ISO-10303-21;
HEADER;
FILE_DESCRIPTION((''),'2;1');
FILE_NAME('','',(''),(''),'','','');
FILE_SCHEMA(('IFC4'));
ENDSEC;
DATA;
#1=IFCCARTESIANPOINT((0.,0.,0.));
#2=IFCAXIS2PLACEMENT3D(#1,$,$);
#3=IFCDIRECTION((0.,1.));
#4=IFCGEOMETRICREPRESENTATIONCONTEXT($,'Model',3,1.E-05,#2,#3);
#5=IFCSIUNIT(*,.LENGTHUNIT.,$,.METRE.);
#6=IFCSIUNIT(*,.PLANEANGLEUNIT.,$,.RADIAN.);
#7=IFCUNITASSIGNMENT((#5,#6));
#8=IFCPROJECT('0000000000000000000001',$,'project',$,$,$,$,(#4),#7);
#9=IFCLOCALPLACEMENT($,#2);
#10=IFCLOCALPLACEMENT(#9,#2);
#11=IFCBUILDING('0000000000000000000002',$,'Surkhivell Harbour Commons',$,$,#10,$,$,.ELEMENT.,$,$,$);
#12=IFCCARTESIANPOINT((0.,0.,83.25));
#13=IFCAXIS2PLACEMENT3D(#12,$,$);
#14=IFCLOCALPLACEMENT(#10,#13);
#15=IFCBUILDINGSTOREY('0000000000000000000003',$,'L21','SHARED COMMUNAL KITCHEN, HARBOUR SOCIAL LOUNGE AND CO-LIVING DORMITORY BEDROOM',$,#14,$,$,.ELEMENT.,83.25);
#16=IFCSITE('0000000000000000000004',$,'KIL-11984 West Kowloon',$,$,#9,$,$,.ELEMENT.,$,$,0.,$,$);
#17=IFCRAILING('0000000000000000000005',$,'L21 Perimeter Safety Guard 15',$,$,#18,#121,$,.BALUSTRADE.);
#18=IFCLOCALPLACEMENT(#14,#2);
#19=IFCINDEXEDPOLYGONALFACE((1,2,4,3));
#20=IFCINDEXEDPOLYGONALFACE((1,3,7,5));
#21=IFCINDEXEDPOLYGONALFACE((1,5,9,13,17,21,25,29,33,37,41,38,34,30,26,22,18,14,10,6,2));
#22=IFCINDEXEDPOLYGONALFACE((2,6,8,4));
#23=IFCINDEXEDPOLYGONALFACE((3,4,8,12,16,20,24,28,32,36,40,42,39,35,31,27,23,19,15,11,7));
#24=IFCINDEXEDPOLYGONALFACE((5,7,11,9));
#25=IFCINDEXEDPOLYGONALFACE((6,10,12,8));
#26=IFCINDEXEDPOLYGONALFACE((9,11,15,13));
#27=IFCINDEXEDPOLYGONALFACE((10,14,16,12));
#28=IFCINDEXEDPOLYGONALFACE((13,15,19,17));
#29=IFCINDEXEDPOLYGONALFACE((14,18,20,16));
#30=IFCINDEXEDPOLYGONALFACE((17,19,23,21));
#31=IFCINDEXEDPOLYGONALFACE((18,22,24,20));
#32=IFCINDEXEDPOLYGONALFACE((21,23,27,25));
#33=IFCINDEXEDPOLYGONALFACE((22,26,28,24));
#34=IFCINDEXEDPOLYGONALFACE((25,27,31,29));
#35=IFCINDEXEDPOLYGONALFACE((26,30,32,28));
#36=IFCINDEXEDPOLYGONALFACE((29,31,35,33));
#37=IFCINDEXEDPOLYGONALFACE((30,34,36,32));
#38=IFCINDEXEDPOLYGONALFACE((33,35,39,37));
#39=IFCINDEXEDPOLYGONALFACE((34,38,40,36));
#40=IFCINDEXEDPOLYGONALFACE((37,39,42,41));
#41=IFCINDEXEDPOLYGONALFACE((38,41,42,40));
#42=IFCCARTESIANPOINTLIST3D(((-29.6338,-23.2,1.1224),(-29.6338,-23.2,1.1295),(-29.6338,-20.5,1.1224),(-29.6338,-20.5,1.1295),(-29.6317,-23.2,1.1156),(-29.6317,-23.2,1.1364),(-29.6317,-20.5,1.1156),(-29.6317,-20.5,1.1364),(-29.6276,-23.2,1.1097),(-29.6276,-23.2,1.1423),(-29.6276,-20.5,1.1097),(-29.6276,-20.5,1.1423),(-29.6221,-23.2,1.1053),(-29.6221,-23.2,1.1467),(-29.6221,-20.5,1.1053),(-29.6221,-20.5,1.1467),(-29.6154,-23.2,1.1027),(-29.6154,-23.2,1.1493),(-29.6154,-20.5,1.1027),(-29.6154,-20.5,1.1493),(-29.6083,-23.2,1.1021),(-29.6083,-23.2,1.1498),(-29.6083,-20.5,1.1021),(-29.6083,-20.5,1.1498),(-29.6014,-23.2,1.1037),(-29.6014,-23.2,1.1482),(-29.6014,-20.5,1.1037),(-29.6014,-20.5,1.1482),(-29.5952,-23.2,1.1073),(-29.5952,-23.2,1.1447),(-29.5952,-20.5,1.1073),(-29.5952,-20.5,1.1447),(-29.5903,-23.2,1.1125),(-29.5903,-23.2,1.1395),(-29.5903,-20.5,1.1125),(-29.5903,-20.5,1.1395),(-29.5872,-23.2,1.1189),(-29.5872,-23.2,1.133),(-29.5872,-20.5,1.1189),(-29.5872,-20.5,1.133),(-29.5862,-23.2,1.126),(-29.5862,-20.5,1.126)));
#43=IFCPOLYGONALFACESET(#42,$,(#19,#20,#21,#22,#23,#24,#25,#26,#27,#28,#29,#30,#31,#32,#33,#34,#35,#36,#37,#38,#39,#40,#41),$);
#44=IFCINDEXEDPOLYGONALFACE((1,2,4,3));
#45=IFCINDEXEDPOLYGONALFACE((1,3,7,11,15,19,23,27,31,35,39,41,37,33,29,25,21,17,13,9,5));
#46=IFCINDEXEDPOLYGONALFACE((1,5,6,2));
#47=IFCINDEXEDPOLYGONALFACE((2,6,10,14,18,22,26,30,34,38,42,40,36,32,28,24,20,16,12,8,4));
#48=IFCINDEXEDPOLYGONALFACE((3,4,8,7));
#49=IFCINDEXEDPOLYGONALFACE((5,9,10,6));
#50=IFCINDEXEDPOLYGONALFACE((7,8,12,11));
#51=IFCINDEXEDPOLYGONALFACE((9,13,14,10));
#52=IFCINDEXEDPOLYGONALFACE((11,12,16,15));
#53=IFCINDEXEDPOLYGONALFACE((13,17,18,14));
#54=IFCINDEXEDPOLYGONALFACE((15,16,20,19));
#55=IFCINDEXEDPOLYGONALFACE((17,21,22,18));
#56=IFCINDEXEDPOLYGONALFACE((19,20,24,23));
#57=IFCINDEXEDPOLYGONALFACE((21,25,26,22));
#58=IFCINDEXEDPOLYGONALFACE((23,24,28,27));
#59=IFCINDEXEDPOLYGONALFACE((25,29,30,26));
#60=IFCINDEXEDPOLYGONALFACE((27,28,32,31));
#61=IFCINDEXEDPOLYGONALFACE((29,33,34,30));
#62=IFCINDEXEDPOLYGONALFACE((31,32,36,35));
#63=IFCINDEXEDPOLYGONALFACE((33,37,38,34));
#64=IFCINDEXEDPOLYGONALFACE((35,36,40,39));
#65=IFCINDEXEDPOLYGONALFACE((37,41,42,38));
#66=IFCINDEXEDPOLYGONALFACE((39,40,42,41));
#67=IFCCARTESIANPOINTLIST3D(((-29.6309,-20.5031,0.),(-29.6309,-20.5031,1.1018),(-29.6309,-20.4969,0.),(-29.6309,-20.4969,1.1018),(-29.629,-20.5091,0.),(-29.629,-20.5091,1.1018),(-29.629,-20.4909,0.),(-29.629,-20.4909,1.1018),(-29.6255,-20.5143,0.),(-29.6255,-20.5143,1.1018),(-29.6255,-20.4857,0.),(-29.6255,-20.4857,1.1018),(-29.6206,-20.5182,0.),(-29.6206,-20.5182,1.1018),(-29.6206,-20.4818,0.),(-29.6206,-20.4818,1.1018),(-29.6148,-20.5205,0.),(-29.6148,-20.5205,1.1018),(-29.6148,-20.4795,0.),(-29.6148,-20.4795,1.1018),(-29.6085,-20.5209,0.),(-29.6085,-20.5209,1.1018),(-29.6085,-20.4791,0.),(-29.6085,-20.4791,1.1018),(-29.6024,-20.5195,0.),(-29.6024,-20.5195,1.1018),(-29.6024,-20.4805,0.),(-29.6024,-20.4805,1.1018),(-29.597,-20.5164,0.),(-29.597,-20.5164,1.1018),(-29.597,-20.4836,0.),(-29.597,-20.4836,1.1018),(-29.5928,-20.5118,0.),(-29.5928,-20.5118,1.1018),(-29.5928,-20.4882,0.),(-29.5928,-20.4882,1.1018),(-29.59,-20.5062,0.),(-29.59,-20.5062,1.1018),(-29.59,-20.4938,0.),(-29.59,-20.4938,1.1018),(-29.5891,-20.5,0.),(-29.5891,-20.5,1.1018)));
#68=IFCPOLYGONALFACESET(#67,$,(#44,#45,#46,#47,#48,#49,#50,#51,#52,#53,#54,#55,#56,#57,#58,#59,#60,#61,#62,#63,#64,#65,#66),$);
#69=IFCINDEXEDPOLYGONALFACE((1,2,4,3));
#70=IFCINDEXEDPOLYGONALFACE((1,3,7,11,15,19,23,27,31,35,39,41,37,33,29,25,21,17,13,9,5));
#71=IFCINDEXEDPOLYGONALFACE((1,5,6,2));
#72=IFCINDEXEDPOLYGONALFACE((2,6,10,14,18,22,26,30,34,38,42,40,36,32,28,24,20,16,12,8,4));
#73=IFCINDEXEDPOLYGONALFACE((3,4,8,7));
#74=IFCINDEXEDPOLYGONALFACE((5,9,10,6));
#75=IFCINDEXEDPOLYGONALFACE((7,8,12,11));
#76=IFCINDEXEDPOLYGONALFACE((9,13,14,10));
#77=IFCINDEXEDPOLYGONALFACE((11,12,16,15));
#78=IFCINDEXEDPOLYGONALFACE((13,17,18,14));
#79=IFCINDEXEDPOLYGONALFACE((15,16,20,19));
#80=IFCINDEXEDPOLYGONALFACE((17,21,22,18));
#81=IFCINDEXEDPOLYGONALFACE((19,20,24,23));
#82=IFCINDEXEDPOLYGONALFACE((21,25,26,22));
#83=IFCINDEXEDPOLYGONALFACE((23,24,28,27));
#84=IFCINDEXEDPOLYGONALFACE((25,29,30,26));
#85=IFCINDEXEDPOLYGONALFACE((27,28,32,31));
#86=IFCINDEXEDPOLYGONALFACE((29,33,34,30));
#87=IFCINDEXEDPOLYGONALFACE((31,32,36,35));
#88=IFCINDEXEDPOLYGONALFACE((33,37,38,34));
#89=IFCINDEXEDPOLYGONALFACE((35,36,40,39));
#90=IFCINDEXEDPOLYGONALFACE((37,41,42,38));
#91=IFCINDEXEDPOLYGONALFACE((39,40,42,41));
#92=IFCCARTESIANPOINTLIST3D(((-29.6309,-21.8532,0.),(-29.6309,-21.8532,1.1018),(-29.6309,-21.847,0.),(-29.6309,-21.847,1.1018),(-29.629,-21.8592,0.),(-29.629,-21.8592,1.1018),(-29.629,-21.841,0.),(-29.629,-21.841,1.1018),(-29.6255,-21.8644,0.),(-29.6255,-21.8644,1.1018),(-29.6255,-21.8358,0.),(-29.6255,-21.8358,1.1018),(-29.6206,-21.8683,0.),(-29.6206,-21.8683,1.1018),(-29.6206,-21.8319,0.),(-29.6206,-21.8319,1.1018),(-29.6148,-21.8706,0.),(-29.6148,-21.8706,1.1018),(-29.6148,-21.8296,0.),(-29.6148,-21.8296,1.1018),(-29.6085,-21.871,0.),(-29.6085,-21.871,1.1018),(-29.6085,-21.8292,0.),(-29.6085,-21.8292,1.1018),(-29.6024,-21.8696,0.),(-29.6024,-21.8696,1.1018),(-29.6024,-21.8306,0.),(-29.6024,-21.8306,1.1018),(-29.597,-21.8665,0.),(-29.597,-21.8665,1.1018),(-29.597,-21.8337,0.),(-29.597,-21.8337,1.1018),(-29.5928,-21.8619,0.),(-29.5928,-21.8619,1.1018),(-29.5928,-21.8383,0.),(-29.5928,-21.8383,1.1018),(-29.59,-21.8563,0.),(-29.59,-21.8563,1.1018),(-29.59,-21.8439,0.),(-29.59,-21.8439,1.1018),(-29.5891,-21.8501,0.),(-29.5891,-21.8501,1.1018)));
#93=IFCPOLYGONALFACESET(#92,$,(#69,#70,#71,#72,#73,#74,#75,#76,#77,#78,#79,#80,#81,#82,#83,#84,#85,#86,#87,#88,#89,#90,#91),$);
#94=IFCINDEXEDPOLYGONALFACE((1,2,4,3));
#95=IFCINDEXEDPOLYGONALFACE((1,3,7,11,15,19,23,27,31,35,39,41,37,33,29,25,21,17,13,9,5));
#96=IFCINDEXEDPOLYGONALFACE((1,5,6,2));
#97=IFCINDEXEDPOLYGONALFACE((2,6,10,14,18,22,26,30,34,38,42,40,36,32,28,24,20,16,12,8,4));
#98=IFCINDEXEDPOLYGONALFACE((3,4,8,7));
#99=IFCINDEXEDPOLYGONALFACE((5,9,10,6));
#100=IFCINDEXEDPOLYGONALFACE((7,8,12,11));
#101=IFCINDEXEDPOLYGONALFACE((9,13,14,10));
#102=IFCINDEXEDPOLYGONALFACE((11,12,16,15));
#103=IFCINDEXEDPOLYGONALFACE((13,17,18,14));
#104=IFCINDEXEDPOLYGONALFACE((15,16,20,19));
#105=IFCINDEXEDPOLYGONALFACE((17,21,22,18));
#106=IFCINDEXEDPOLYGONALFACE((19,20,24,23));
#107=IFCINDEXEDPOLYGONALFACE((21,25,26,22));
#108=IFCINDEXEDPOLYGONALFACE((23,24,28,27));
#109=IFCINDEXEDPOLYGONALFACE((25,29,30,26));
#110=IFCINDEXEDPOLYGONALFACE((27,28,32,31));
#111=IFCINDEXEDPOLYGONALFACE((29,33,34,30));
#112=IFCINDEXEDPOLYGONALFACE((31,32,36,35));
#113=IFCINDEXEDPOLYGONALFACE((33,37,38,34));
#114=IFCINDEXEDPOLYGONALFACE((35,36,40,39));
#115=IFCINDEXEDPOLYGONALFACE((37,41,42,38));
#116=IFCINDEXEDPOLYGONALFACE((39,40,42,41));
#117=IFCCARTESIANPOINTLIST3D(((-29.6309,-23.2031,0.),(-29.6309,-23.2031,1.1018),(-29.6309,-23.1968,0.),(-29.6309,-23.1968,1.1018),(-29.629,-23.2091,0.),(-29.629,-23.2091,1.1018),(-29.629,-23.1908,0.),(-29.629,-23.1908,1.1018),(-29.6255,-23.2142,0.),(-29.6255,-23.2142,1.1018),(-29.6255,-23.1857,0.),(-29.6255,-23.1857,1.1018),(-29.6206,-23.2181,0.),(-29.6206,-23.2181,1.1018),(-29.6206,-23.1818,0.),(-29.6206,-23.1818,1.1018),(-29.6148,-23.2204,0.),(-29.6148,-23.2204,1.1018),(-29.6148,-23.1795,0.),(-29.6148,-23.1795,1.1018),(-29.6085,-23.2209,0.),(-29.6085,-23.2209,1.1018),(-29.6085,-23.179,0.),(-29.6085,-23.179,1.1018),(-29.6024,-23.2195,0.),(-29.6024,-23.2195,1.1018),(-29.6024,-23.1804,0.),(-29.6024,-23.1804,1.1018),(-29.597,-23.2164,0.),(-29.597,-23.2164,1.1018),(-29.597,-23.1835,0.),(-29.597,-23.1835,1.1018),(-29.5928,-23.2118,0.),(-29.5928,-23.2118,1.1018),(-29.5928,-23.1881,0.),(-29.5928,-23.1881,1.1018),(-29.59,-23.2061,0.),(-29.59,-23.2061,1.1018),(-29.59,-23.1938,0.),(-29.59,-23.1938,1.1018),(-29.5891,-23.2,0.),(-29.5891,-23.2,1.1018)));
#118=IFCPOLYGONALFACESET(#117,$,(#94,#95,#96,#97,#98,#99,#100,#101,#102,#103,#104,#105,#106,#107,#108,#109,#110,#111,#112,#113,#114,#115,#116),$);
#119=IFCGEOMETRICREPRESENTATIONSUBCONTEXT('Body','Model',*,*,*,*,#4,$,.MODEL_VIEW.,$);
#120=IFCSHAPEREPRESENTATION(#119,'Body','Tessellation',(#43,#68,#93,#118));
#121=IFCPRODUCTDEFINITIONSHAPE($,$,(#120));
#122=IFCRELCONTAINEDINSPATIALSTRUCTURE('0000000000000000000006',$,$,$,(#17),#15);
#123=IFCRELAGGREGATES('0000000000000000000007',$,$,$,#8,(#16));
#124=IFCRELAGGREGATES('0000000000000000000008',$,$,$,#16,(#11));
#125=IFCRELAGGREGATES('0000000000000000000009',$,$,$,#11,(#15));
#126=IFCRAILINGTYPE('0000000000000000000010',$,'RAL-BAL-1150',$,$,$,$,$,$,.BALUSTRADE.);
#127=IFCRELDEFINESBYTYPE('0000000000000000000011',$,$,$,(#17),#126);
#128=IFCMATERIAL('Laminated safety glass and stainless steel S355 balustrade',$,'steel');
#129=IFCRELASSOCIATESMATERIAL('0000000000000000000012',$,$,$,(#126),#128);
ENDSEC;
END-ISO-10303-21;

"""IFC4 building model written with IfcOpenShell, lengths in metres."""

from ifc_helpers import new_model, si_unit, direction, frame, origin, origin_2d, place, context, subcontext, project, spatial, circle, extrude, material, type_object, element, save


model = new_model("IFC4")

# Units and contexts
model_context = context("Model", 3, precision=1e-05, world=origin(), true_north=direction((0.0, 1.0)))
body_context = subcontext(model_context, "Body", "Model", "MODEL_VIEW")
ifc_project = project(units=[si_unit("LENGTHUNIT", "METRE"), si_unit("PLANEANGLEUNIT", "RADIAN")], contexts=[model_context])

# Site, building, storey
site_placement = place(None, origin())
site = spatial("IfcSite", under=ifc_project, at=site_placement, Name="KIL-11984 West Kowloon", CompositionType="ELEMENT", RefElevation=0.0)
building_placement = place(site_placement, origin())
building = spatial("IfcBuilding", under=site, at=building_placement, Name="Surkhivell Harbour Commons", CompositionType="ELEMENT")
storey_placement = place(building_placement, frame((0.0, 0.0, 83.25)))
storey = spatial("IfcBuildingStorey", under=building, at=storey_placement, Name="L21", Description="SHARED COMMUNAL KITCHEN, HARBOUR SOCIAL LOUNGE AND CO-LIVING DORMITORY BEDROOM", CompositionType="ELEMENT", Elevation=83.25)

# Railing
ifc_material_1 = material(Name="Laminated safety glass and stainless steel S355 balustrade", Category="steel")
railing_type = type_object("IfcRailingType", Name="RAL-BAL-1150", PredefinedType="BALUSTRADE", material=ifc_material_1)
railing_1_placement = place(storey_placement, frame((-29.6101, -20.5, 0.0)))
element("IfcRailing", 1, at=railing_1_placement, inside=storey, type_object=railing_type, Name="L21 Perimeter Safety Guard 15", PredefinedType="BALUSTRADE", context=body_context, shape_type="SweptSolid", body=[
    extrude(circle(Radius=0.0239, at=origin_2d()), frame((0.0, 0.0, 1.126), z_axis=(0.0, -1.0, 0.0), x_axis=(1.0, 0.0, 0.0)), (0.0, 0.0, 1.0), 2.7),
    extrude(circle(Radius=0.021, at=origin_2d()), origin(), (0.0, 0.0, 1.0), 1.1018),
    extrude(circle(Radius=0.021, at=origin_2d()), frame((0.0, -1.3501, 0.0)), (0.0, 0.0, 1.0), 1.1018),
    extrude(circle(Radius=0.021, at=origin_2d()), frame((0.0, -2.7, 0.0)), (0.0, 0.0, 1.0), 1.1018),
])

save(model, "model.ifc")
